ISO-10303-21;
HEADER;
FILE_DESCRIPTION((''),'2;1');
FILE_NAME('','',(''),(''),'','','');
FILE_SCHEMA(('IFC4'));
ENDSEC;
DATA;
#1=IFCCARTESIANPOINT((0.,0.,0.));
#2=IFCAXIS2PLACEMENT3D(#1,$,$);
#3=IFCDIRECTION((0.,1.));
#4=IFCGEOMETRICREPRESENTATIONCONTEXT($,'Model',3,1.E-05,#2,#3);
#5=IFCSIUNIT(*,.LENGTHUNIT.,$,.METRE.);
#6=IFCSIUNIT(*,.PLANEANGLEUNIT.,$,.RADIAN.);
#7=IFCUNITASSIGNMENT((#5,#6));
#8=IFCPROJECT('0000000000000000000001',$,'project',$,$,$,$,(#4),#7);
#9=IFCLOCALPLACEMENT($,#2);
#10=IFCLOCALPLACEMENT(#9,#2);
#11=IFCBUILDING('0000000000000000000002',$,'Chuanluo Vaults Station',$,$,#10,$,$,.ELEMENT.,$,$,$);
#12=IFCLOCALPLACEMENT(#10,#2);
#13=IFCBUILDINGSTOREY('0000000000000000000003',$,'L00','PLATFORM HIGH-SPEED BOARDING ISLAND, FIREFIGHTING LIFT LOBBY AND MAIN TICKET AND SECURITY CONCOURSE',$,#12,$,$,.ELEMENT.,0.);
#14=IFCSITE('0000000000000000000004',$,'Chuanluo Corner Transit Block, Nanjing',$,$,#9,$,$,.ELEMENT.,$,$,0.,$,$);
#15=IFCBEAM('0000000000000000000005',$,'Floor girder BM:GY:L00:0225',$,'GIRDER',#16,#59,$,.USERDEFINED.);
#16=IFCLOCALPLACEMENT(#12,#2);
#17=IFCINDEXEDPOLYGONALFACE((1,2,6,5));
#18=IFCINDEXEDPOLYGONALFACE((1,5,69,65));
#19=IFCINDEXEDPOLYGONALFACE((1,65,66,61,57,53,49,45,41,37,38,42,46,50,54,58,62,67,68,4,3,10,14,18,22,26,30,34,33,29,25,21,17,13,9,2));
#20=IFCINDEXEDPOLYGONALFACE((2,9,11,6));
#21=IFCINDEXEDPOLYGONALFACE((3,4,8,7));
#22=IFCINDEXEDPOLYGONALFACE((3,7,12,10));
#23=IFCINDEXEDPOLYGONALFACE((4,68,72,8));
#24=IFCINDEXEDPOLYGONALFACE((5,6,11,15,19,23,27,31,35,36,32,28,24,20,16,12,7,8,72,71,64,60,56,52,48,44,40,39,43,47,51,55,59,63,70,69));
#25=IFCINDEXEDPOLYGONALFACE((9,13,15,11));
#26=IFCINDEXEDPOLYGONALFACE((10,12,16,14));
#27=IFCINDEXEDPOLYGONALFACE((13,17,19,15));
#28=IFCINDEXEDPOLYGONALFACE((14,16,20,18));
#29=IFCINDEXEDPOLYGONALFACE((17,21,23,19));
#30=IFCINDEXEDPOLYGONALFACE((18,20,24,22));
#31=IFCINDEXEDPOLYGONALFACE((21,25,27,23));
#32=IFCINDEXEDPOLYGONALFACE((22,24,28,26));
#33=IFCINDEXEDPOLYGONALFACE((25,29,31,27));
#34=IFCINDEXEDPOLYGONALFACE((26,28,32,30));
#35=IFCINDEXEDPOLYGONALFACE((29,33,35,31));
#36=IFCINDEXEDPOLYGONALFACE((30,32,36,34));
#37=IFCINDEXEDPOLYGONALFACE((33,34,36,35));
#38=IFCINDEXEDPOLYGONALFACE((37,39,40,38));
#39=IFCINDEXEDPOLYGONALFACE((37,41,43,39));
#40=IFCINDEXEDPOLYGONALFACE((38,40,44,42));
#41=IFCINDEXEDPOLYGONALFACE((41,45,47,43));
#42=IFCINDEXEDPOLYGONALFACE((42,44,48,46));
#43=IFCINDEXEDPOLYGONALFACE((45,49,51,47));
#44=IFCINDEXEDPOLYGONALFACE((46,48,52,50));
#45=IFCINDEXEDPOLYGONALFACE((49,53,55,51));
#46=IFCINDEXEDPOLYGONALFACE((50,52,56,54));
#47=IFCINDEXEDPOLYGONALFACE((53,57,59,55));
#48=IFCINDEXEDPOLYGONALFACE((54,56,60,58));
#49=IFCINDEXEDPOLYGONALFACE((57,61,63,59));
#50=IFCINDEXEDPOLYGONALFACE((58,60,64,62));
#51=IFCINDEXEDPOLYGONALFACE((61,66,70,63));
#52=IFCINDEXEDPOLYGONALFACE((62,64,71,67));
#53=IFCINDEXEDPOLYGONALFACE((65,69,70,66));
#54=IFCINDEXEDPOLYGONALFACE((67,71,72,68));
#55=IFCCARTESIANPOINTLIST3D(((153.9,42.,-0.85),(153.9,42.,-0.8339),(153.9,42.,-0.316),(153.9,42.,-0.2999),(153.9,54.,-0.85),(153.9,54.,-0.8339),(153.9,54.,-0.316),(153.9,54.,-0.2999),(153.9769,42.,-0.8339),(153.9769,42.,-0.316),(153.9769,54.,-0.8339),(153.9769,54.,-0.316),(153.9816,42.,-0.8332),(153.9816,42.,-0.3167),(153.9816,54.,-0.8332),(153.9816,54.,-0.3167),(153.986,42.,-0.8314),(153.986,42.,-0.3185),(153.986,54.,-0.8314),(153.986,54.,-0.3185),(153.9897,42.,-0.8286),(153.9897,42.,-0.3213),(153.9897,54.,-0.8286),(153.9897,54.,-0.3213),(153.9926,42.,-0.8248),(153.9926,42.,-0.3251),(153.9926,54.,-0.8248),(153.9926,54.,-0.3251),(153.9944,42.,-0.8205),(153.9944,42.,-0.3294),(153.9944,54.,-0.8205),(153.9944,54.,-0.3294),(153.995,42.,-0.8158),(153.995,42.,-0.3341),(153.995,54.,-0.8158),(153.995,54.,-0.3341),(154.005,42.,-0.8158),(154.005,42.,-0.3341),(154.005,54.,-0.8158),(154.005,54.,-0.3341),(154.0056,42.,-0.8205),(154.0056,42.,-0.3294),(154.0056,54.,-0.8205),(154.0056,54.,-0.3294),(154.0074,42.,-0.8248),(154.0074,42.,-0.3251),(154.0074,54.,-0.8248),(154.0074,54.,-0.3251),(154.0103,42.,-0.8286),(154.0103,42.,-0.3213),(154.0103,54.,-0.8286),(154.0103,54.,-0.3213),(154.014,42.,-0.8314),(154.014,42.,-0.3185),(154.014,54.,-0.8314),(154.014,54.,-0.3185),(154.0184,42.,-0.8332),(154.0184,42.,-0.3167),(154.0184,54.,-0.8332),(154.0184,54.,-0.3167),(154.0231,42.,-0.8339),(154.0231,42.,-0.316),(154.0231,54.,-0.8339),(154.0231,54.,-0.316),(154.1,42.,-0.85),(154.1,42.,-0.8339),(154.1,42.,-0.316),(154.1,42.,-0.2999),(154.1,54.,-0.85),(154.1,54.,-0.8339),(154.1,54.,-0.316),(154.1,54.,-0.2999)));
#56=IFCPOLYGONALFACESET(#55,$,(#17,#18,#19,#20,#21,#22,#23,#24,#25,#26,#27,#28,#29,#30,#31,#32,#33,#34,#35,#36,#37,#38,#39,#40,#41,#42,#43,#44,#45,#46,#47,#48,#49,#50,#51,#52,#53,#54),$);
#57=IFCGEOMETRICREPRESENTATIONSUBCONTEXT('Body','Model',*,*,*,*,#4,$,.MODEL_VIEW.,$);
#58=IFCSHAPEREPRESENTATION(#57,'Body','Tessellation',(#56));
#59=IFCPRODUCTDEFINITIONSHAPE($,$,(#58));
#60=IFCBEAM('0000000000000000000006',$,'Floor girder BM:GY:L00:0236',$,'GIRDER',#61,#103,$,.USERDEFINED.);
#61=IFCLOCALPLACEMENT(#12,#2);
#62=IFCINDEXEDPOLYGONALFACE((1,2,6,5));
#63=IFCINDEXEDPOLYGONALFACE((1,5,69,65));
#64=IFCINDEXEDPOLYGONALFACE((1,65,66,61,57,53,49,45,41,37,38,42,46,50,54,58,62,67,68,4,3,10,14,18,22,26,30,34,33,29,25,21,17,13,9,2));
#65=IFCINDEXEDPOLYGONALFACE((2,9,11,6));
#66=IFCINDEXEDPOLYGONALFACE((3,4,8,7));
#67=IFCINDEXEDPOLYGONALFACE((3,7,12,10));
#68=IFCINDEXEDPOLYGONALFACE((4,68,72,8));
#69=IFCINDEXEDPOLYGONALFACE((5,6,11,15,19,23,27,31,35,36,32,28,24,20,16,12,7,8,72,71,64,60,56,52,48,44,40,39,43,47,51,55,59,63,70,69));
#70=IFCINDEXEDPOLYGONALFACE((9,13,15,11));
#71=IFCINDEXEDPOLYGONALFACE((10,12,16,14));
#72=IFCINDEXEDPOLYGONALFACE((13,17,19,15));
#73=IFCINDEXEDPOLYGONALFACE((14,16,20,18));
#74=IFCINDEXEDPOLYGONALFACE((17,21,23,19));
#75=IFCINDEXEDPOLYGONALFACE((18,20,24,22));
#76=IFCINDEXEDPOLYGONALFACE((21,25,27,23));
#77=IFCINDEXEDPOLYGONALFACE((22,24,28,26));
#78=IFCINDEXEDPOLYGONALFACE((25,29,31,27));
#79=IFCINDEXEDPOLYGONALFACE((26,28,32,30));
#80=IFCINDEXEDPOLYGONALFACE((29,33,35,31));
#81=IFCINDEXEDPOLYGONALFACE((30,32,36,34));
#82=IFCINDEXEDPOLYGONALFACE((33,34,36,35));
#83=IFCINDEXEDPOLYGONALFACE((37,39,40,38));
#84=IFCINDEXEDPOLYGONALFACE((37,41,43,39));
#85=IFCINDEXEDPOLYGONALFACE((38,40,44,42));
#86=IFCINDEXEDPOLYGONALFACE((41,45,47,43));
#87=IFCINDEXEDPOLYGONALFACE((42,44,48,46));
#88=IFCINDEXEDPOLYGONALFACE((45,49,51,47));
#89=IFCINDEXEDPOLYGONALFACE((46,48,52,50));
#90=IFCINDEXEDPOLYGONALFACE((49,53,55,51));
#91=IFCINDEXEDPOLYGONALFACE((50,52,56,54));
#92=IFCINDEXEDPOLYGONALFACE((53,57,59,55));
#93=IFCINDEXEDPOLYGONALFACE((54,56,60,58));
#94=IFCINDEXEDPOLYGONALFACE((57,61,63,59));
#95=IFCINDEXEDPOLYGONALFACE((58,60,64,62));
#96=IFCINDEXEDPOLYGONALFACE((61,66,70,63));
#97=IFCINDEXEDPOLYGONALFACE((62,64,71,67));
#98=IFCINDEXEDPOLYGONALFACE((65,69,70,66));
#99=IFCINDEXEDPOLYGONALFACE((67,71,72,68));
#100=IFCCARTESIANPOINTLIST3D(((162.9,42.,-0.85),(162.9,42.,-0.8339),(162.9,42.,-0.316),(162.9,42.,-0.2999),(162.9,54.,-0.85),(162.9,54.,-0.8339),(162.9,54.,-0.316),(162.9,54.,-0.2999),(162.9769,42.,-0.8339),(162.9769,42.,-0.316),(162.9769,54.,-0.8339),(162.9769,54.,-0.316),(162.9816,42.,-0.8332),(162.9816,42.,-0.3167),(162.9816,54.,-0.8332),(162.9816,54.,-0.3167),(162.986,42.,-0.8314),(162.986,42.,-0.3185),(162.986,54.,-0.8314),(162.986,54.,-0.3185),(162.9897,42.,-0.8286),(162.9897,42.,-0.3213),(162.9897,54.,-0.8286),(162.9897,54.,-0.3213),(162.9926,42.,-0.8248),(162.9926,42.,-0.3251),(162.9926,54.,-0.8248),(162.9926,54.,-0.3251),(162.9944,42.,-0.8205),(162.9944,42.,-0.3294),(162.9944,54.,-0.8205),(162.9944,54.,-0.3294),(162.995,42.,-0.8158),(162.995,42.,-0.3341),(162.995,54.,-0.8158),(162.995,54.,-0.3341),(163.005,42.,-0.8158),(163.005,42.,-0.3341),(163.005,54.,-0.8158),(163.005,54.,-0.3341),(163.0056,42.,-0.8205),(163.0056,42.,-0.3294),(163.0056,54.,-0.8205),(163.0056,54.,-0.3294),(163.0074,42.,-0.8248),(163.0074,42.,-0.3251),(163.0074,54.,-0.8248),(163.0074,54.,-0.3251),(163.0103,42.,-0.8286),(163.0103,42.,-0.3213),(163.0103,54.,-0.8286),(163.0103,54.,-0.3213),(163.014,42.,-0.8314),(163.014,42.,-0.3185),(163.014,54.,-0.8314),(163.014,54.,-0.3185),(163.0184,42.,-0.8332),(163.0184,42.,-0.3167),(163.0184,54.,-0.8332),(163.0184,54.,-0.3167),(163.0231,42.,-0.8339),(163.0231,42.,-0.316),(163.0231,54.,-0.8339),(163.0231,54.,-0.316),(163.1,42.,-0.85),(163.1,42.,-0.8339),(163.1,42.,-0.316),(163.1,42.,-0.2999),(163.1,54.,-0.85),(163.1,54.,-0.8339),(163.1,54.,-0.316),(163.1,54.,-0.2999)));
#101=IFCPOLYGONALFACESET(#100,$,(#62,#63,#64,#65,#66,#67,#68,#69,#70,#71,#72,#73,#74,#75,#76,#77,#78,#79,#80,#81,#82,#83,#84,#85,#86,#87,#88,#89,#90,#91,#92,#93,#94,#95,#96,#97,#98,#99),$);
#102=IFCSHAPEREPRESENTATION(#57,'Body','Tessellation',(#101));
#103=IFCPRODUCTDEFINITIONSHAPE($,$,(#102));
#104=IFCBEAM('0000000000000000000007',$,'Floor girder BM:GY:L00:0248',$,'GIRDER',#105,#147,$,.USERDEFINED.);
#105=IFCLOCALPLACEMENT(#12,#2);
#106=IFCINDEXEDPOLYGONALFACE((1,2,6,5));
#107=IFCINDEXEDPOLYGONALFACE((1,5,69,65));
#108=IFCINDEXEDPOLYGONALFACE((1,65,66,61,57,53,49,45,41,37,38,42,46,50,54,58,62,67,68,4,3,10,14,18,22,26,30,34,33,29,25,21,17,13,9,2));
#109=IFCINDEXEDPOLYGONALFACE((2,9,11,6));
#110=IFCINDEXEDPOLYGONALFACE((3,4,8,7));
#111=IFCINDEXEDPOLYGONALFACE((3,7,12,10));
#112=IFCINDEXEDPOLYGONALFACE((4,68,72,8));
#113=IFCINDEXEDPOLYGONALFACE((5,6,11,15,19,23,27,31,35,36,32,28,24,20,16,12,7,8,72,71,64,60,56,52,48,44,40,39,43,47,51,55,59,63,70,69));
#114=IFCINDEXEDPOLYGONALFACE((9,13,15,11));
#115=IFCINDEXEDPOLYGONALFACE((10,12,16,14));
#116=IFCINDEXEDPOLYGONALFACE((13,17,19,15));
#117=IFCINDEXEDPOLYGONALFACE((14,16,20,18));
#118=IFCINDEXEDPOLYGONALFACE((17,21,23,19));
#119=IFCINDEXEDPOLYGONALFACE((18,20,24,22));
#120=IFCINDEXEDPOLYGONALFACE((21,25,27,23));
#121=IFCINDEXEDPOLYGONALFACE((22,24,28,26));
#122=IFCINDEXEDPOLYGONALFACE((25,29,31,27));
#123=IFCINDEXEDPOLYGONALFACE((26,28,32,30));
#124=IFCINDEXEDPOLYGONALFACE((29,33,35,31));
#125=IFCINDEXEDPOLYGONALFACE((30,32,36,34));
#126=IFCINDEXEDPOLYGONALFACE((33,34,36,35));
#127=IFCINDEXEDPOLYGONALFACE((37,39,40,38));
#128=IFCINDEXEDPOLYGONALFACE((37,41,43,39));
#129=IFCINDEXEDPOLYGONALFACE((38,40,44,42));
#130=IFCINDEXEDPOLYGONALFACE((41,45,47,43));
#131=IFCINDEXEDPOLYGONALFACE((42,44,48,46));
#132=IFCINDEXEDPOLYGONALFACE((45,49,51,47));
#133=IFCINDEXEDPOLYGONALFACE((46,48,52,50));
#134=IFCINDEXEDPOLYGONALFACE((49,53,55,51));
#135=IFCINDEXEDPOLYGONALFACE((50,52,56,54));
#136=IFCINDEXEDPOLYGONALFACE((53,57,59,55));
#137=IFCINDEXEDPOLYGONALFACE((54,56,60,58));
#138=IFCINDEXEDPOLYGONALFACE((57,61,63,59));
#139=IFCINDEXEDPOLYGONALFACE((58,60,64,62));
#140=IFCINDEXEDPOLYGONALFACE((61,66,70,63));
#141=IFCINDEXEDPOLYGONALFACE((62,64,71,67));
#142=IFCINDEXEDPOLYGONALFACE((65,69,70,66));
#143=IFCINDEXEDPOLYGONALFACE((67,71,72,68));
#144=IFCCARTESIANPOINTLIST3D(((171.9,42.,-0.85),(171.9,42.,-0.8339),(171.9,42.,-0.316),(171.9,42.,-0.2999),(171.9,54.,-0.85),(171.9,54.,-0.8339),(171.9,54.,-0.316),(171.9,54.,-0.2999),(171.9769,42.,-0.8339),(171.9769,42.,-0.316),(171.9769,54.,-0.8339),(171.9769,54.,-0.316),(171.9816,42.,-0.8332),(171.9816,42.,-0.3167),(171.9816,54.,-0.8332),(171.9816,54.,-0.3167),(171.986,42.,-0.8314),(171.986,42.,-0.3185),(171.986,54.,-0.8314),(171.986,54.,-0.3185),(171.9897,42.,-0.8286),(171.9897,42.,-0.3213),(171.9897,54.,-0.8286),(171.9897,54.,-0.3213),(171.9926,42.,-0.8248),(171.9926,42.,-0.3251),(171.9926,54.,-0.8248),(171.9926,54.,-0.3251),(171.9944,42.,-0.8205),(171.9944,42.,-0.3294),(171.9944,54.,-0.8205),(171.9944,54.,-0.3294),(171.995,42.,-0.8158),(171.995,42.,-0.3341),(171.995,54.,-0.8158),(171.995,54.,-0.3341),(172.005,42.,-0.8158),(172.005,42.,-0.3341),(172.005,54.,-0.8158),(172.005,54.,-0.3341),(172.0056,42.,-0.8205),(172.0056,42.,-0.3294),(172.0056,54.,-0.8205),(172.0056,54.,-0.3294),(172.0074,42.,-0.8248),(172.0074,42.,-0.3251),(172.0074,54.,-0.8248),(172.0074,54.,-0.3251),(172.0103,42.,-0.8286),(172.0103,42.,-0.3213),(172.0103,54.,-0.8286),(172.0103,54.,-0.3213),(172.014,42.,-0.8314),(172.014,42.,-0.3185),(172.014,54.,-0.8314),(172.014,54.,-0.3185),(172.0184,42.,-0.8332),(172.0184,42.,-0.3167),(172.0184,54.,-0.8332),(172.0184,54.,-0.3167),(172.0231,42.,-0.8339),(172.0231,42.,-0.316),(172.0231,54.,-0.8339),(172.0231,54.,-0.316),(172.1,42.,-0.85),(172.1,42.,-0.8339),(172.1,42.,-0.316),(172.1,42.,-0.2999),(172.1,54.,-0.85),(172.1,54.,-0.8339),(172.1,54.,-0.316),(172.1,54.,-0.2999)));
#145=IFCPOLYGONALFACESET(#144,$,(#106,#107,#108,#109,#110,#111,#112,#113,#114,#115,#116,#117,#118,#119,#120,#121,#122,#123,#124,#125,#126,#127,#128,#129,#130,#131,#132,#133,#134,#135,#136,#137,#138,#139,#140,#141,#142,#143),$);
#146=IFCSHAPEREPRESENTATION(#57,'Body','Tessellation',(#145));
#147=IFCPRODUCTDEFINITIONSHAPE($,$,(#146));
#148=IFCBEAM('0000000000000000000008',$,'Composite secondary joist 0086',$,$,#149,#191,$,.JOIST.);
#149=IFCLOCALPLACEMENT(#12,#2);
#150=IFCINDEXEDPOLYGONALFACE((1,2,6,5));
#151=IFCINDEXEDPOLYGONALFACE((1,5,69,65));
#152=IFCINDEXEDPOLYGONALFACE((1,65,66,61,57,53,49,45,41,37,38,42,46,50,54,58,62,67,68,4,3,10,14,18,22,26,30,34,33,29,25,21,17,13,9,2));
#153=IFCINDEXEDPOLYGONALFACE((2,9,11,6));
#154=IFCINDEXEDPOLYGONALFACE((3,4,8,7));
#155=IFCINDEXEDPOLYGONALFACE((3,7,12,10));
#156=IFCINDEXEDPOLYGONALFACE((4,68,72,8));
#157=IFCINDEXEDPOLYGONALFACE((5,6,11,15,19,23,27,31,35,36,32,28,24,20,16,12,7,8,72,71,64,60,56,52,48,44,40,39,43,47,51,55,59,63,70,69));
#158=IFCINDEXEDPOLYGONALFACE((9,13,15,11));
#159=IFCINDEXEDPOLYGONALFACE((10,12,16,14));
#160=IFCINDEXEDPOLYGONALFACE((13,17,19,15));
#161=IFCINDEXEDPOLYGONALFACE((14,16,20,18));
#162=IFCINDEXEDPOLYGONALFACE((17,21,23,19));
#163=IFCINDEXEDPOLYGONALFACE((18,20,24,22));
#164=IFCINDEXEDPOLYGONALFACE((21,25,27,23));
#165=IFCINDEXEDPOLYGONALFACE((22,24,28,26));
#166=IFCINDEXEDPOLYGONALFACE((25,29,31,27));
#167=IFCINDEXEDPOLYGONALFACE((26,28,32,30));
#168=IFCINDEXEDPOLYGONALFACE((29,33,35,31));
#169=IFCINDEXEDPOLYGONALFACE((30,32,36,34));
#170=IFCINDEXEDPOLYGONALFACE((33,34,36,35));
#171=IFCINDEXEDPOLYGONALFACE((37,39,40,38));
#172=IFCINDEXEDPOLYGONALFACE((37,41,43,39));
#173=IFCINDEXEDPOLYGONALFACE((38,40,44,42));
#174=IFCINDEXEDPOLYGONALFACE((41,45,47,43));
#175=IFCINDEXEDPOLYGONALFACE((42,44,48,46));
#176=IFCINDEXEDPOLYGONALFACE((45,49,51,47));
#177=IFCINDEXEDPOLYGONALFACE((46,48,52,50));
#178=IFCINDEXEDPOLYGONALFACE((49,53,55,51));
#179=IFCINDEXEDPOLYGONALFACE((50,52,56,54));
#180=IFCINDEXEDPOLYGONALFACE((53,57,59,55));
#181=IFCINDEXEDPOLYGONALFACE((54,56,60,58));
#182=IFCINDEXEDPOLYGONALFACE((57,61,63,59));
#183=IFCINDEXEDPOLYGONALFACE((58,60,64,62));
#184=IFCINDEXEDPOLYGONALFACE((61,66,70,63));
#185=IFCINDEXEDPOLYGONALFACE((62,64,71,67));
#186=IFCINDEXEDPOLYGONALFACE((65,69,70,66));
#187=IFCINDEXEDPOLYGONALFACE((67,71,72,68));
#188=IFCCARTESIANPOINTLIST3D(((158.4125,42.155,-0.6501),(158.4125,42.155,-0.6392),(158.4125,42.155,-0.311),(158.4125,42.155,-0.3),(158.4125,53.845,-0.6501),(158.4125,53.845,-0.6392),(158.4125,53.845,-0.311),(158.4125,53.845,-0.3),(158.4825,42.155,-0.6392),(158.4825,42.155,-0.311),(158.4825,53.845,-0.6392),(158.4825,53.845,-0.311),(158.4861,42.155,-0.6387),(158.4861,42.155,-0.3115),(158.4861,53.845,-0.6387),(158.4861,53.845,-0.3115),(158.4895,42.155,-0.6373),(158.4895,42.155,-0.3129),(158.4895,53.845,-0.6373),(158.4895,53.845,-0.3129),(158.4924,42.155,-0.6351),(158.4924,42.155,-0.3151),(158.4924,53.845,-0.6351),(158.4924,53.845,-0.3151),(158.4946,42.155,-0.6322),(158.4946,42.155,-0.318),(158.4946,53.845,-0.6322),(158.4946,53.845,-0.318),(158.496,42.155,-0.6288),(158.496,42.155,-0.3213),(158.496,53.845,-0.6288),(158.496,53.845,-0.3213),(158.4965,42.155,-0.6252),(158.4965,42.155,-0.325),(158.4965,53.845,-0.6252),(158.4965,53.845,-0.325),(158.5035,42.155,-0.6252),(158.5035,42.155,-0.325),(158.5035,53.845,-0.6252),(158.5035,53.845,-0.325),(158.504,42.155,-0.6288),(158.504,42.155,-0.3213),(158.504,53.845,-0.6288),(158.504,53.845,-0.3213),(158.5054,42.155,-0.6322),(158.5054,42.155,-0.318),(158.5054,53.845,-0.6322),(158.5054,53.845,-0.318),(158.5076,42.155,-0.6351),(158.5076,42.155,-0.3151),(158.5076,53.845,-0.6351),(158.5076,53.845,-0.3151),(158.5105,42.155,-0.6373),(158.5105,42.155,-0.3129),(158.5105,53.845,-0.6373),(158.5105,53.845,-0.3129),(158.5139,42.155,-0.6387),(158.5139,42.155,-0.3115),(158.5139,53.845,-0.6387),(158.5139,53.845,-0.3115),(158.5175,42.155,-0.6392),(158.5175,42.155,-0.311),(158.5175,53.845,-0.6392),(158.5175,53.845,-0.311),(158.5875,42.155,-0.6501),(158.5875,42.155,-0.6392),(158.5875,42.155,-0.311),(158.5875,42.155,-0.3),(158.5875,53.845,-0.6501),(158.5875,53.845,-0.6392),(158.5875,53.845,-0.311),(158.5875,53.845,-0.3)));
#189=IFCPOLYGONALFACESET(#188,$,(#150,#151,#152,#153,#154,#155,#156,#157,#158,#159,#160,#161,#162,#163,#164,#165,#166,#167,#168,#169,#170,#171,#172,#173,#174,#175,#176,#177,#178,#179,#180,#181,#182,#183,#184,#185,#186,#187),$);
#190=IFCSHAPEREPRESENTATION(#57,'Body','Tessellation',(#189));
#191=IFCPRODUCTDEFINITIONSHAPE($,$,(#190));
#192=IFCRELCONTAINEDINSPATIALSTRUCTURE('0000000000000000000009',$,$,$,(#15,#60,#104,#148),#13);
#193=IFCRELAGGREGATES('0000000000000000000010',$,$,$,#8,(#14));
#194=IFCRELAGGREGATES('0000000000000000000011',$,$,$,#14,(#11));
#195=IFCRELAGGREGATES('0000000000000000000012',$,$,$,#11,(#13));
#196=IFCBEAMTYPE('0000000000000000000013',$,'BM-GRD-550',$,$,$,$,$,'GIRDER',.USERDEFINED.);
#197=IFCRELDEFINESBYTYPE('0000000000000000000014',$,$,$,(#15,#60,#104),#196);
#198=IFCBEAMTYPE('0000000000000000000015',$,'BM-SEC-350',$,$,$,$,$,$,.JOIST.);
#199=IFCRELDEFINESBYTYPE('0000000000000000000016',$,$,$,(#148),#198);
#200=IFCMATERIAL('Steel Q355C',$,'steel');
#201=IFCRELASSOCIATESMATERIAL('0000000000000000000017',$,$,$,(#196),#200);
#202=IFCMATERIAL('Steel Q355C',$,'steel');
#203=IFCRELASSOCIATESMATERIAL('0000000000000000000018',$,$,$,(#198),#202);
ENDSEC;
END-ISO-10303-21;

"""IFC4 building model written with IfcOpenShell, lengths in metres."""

from ifc_helpers import new_model, si_unit, direction, frame, origin, origin_2d, place, context, subcontext, project, spatial, i_section, extrude, material, material_profile, profile_set, type_object, element, save


model = new_model("IFC4")

# Units and contexts
model_context = context("Model", 3, precision=1e-05, world=origin(), true_north=direction((0.0, 1.0)))
body_context = subcontext(model_context, "Body", "Model", "MODEL_VIEW")
ifc_project = project(units=[si_unit("LENGTHUNIT", "METRE"), si_unit("PLANEANGLEUNIT", "RADIAN")], contexts=[model_context])

# Site, building, storey
site_placement = place(None, origin())
site = spatial("IfcSite", under=ifc_project, at=site_placement, Name="Chuanluo Corner Transit Block, Nanjing", CompositionType="ELEMENT", RefElevation=0.0)
building_placement = place(site_placement, origin())
building = spatial("IfcBuilding", under=site, at=building_placement, Name="Chuanluo Vaults Station", CompositionType="ELEMENT")
storey_placement = place(building_placement, origin())
storey = spatial("IfcBuildingStorey", under=building, at=storey_placement, Name="L00", Description="PLATFORM HIGH-SPEED BOARDING ISLAND, FIREFIGHTING LIFT LOBBY AND MAIN TICKET AND SECURITY CONCOURSE", CompositionType="ELEMENT", Elevation=0.0)

# Beams
ifc_material_1 = material(Name="Steel Q355C", Category="steel")
ifc_material_profile_1 = material_profile(ifc_material_1, i_section(OverallWidth=0.2, OverallDepth=0.55, WebThickness=0.01, FlangeThickness=0.0161, FilletRadius=0.0181, at=origin_2d()))
ifc_profile_set_1 = profile_set([ifc_material_profile_1], Name="Steel Q355C")
beam_type_1 = type_object("IfcBeamType", Name="BM-GRD-550", ElementType="GIRDER", PredefinedType="USERDEFINED", material=ifc_profile_set_1)
for number, where, z_axis, x_axis, name in (
    (1, (154.0, 42.0, -0.575), (0.0, 1.0, 0.0), (-1.0, 0.0, 0.0), "Floor girder BM:GY:L00:0225"),
    (2, (163.0, 42.0, -0.575), (0.0, 1.0, 0.0), (-1.0, 0.0, 0.0), "Floor girder BM:GY:L00:0236"),
    (3, (172.0, 42.0, -0.575), (0.0, 1.0, 0.0), (-1.0, 0.0, 0.0), "Floor girder BM:GY:L00:0248"),
):
    element("IfcBeam", number, at=place(storey_placement, frame(where, z_axis=z_axis, x_axis=x_axis)), inside=storey, type_object=beam_type_1, Name=name, ObjectType="GIRDER", PredefinedType="USERDEFINED", context=body_context, shape_type="SweptSolid", body=[
        extrude(i_section(OverallWidth=0.2, OverallDepth=0.55, WebThickness=0.01, FlangeThickness=0.0161, FilletRadius=0.0181, at=origin_2d()), origin(), (0.0, 0.0, 1.0), 12.0),
    ])
ifc_material_2 = material(Name="Steel Q355C", Category="steel")
ifc_material_profile_2 = material_profile(ifc_material_2, i_section(OverallWidth=0.175, OverallDepth=0.3501, WebThickness=0.0071, FlangeThickness=0.011, FilletRadius=0.0139, at=origin_2d()))
ifc_profile_set_2 = profile_set([ifc_material_profile_2], Name="Steel Q355C")
beam_type_2 = type_object("IfcBeamType", Name="BM-SEC-350", PredefinedType="JOIST", material=ifc_profile_set_2)
for number, where, z_axis, x_axis, name in (
    (4, (158.5, 42.155, -0.4751), (0.0, 1.0, 0.0), (-1.0, 0.0, 0.0), "Composite secondary joist 0086"),
):
    element("IfcBeam", number, at=place(storey_placement, frame(where, z_axis=z_axis, x_axis=x_axis)), inside=storey, type_object=beam_type_2, Name=name, PredefinedType="JOIST", context=body_context, shape_type="SweptSolid", body=[
        extrude(i_section(OverallWidth=0.175, OverallDepth=0.3501, WebThickness=0.0071, FlangeThickness=0.011, FilletRadius=0.0139, at=origin_2d()), origin(), (0.0, 0.0, 1.0), 11.6899),
    ])

save(model, "model.ifc")
